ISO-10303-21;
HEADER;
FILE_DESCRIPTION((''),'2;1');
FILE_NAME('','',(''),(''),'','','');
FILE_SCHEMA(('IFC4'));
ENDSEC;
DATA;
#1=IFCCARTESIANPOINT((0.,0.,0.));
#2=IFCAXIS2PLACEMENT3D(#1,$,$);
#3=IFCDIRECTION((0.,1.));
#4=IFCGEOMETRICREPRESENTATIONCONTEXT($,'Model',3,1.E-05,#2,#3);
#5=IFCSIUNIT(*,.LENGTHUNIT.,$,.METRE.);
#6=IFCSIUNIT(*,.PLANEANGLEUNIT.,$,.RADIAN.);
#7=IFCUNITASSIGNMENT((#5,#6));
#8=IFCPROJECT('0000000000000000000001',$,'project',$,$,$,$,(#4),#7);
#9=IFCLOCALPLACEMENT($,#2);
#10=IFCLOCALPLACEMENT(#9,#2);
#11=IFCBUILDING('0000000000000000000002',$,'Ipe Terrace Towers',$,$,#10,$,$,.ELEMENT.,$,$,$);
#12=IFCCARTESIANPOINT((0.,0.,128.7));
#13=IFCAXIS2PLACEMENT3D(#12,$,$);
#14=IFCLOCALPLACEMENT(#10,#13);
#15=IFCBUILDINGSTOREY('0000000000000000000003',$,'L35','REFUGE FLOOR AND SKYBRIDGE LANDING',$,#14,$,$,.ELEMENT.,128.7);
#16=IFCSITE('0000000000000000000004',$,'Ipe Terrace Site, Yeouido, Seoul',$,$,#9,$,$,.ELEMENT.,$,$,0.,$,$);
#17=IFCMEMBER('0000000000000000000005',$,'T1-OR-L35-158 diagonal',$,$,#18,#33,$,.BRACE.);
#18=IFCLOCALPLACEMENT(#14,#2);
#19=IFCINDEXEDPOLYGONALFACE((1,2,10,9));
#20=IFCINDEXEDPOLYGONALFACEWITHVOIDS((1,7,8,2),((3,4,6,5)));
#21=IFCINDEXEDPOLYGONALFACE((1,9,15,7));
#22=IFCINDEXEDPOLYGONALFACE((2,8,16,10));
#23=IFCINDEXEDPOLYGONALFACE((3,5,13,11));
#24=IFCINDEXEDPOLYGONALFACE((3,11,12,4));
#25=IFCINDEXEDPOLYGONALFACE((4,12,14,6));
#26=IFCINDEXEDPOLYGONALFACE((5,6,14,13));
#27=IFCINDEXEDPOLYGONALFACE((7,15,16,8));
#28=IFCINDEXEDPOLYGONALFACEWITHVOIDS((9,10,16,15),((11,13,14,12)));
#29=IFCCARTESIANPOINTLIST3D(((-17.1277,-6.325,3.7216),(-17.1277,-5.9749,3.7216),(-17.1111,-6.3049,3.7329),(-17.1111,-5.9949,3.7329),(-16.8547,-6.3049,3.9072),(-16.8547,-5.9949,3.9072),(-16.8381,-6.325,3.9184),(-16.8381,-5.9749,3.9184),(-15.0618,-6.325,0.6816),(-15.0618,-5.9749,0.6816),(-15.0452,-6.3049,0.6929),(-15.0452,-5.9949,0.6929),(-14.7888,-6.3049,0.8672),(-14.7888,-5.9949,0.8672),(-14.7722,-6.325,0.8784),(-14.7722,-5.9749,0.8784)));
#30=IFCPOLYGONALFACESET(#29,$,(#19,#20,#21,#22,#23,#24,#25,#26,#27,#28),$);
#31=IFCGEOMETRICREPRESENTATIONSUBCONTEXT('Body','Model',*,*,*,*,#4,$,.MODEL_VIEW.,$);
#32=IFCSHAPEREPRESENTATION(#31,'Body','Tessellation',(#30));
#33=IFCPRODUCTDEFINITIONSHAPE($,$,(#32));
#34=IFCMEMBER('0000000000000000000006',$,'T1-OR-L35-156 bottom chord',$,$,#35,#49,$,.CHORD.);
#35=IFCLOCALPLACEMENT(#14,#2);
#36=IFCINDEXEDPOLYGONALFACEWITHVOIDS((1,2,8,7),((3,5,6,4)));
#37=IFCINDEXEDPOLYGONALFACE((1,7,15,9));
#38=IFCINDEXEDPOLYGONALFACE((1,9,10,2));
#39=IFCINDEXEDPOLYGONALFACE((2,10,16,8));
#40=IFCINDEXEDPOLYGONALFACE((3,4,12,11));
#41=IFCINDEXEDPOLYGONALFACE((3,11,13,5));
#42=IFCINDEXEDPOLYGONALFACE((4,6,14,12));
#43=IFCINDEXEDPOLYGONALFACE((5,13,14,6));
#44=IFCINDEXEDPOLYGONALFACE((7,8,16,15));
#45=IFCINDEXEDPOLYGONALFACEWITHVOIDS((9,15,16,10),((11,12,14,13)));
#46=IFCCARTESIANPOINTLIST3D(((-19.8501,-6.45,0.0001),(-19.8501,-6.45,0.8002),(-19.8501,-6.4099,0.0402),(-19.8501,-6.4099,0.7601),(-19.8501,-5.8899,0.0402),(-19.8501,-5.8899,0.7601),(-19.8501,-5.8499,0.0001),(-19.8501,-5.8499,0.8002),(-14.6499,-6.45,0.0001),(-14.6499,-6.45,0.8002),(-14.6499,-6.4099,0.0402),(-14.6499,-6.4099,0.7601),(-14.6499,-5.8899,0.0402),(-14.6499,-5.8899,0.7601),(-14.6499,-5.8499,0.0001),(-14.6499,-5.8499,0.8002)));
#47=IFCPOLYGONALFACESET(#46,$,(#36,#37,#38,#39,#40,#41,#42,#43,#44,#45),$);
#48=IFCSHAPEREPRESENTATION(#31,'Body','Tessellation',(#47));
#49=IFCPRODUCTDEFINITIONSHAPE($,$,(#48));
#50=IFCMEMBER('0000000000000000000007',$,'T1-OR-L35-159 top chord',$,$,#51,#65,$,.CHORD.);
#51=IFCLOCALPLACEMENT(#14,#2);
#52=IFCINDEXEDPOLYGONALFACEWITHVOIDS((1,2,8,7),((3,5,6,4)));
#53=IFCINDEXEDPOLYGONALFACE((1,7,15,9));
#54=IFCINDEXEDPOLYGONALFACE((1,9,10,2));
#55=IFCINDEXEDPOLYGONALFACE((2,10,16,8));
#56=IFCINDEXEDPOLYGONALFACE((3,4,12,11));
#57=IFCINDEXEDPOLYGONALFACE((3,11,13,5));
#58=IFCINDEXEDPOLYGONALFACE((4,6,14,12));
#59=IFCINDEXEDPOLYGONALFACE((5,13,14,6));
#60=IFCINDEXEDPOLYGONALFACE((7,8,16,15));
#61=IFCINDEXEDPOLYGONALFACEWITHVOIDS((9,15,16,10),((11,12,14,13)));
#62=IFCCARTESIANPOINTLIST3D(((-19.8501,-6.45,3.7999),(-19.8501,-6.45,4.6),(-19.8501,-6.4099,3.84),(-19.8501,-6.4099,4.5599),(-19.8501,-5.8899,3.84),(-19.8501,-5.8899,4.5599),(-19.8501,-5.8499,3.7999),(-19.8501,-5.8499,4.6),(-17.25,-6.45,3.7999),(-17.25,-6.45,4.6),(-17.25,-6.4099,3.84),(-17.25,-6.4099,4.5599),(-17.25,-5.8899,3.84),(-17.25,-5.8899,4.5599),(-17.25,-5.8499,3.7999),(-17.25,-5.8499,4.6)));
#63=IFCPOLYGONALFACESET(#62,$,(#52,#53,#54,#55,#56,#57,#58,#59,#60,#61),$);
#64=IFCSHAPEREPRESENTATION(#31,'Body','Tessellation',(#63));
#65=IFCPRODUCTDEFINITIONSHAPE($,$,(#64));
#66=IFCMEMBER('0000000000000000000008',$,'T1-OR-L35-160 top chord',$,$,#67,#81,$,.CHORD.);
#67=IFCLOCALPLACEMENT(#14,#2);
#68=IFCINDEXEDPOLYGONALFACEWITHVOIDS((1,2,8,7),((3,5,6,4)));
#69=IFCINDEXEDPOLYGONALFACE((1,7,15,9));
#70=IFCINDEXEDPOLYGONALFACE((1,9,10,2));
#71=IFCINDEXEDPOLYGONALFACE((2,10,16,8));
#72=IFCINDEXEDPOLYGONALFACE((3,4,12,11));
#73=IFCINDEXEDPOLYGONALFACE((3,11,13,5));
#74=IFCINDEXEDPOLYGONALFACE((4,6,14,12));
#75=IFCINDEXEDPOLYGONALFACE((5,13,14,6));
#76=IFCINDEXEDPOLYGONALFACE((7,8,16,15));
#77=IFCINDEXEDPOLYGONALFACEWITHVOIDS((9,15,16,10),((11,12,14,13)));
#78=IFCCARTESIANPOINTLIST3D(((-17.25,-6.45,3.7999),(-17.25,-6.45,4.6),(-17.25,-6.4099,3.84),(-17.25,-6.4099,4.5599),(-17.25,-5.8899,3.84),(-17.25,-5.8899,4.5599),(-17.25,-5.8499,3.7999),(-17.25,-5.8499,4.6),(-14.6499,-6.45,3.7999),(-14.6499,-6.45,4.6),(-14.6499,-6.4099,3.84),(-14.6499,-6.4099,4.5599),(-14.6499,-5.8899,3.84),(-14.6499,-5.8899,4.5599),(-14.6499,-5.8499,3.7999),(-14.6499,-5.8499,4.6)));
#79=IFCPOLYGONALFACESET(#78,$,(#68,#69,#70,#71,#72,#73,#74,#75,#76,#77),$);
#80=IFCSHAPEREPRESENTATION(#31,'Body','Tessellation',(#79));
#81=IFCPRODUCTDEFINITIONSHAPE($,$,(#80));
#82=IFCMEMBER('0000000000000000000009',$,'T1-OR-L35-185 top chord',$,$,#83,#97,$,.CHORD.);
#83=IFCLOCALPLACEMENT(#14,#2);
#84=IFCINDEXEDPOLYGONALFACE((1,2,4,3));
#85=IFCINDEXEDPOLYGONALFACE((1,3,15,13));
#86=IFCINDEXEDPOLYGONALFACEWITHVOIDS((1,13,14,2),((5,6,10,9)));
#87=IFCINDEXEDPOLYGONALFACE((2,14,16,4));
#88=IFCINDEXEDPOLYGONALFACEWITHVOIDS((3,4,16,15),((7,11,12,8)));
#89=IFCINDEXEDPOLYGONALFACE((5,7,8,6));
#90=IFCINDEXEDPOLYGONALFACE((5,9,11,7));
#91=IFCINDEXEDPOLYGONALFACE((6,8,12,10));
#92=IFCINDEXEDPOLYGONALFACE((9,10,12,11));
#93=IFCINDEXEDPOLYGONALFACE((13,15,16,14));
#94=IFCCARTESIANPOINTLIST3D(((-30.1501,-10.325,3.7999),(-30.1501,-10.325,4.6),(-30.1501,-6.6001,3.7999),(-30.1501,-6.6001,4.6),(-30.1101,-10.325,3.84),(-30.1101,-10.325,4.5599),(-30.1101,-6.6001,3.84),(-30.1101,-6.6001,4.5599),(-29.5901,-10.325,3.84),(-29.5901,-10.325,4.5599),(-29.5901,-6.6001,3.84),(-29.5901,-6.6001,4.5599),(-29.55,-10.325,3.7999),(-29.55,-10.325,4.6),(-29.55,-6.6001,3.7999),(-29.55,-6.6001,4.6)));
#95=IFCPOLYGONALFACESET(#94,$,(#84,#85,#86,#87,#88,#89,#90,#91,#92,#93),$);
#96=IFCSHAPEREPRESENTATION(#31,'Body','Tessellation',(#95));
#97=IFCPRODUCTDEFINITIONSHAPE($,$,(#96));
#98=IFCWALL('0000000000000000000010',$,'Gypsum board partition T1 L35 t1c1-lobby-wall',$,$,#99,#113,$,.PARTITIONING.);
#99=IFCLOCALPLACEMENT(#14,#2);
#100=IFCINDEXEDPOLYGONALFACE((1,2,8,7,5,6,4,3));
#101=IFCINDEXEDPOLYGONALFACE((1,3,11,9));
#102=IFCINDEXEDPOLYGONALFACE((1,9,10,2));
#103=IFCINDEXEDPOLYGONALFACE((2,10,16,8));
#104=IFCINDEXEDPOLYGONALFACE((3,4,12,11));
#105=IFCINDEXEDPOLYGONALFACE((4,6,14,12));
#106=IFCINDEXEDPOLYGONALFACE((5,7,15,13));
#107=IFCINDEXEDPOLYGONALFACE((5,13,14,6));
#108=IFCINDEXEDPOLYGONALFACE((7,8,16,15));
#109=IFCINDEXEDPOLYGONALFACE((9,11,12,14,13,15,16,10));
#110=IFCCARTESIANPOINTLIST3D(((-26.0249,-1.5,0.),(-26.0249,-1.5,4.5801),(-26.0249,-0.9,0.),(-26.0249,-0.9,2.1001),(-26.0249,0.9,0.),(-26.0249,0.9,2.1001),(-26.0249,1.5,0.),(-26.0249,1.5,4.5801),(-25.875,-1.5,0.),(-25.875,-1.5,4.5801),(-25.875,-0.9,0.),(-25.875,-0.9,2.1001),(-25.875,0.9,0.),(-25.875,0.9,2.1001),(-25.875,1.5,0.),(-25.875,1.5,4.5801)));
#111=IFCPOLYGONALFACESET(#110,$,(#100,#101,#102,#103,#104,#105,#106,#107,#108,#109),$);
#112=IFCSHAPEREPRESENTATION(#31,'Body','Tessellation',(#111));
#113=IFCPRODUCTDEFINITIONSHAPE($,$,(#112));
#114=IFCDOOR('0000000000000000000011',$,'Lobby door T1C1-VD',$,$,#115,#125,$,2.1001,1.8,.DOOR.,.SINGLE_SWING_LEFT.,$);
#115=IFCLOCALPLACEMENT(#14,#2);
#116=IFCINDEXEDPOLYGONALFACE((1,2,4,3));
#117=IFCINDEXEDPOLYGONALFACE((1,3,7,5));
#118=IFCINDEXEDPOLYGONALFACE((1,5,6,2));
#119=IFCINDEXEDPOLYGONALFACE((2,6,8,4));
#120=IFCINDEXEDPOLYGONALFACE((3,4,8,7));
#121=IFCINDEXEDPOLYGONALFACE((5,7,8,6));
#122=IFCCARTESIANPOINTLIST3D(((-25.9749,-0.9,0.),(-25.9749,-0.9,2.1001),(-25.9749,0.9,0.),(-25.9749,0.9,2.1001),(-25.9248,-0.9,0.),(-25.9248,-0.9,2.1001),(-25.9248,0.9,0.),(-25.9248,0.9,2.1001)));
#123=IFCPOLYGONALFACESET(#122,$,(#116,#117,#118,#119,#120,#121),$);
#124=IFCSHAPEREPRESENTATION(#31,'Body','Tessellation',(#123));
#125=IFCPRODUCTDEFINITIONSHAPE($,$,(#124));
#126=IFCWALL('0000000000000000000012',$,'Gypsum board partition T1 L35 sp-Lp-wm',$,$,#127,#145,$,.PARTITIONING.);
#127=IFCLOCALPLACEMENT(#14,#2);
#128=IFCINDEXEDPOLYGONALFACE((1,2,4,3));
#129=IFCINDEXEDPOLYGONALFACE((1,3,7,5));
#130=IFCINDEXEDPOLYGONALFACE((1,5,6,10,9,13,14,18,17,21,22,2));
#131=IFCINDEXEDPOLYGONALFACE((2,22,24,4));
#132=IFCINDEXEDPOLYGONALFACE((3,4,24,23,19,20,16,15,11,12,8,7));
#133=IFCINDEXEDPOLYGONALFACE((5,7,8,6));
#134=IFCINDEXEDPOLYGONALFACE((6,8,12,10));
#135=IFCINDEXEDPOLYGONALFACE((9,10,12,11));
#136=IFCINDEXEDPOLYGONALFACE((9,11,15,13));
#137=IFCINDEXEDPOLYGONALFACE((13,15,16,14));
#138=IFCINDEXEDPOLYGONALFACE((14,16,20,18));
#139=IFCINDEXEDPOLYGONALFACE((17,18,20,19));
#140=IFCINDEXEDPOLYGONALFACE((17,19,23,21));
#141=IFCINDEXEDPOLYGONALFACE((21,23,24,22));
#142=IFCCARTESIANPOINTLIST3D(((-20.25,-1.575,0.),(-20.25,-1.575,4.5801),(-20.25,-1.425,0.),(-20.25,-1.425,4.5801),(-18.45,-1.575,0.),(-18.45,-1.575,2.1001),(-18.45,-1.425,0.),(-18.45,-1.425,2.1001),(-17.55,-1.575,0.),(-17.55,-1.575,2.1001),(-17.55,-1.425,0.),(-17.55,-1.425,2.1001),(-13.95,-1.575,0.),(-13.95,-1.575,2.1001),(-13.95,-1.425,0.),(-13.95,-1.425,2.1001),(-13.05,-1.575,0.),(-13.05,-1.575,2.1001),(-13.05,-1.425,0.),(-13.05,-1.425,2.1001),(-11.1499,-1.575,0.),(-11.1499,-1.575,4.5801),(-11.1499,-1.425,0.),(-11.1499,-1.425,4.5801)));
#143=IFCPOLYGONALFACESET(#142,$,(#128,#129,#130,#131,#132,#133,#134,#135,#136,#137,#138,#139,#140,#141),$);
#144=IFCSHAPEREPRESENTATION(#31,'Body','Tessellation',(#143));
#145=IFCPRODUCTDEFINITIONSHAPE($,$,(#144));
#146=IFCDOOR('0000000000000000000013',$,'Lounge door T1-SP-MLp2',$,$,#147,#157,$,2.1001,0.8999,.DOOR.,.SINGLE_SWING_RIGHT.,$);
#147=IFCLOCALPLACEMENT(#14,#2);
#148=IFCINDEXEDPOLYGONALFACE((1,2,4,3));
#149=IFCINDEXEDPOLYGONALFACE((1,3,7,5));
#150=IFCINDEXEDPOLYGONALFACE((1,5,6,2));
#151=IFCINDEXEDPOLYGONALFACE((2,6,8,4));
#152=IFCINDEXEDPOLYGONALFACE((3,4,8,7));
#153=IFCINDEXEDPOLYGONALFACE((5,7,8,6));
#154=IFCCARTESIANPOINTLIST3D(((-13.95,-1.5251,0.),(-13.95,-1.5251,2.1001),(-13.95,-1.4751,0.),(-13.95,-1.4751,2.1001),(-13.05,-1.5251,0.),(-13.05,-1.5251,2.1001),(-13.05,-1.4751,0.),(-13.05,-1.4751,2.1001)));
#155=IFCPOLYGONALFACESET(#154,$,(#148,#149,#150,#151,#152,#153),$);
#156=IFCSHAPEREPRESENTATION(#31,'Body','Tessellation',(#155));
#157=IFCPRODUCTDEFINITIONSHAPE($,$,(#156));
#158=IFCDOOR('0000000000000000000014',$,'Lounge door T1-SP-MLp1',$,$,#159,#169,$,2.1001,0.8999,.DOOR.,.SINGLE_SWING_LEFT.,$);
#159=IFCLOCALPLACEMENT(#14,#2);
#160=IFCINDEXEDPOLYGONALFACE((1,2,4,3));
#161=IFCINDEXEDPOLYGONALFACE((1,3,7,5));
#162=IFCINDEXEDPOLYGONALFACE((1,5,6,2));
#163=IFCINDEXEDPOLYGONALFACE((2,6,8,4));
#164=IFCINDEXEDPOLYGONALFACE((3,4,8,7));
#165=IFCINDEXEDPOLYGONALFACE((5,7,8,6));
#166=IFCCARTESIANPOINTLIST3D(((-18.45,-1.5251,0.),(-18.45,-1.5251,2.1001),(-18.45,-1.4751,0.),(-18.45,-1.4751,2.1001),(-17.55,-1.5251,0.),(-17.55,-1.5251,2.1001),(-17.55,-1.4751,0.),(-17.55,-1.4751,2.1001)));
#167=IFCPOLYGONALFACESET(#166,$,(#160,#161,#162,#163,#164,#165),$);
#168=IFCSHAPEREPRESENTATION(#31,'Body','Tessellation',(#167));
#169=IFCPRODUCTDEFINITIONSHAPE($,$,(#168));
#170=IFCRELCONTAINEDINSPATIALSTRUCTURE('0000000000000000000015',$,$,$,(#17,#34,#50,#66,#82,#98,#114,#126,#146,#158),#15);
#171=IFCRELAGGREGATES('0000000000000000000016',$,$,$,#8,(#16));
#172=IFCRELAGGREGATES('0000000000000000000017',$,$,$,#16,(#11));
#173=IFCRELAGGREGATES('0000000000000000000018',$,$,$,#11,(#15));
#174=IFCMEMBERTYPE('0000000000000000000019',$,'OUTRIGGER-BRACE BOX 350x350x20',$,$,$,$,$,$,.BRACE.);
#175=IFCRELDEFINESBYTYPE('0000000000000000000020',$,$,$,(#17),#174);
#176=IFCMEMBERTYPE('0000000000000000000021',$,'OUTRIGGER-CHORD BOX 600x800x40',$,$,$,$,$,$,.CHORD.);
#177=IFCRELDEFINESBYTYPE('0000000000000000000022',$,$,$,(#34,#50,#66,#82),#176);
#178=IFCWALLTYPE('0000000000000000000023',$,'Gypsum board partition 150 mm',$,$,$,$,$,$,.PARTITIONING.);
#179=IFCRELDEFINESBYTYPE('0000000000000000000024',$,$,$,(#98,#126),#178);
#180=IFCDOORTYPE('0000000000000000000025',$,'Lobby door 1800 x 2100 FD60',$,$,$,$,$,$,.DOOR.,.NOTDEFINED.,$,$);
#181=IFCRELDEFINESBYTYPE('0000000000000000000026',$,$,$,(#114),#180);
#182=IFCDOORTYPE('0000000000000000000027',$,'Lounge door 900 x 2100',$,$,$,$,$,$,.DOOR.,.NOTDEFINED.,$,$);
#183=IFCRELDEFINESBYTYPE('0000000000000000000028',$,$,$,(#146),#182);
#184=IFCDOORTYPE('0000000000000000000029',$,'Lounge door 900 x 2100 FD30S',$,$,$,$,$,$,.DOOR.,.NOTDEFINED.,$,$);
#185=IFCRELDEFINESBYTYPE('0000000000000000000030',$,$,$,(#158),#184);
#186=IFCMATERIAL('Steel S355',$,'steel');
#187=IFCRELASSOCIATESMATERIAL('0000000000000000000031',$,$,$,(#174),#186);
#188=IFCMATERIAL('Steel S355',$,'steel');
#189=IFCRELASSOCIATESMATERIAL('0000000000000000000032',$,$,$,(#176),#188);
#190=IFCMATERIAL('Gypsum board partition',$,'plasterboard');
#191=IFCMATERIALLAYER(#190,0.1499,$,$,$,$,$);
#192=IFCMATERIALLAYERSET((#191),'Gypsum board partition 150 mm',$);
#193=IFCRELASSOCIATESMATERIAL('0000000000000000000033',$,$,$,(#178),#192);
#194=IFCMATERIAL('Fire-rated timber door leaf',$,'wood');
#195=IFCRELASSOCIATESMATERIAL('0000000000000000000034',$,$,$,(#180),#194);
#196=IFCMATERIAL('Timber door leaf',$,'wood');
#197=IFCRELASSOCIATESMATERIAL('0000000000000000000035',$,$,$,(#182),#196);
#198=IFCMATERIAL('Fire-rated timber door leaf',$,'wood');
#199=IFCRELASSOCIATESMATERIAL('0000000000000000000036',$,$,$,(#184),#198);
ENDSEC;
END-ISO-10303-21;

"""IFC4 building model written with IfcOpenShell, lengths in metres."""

from ifc_helpers import new_model, si_unit, direction, frame, frame_2d, origin, origin_2d, place, context, subcontext, project, spatial, rectangle, hollow_rectangle, extrude, material, layer, layer_set, material_profile, profile_set, type_object, element, fill, save


model = new_model("IFC4")

# Units and contexts
model_context = context("Model", 3, precision=1e-05, world=origin(), true_north=direction((0.0, 1.0)))
body_context = subcontext(model_context, "Body", "Model", "MODEL_VIEW")
ifc_project = project(units=[si_unit("LENGTHUNIT", "METRE"), si_unit("PLANEANGLEUNIT", "RADIAN")], contexts=[model_context])

# Site, building, storey
site_placement = place(None, origin())
site = spatial("IfcSite", under=ifc_project, at=site_placement, Name="Ipe Terrace Site, Yeouido, Seoul", CompositionType="ELEMENT", RefElevation=0.0)
building_placement = place(site_placement, origin())
building = spatial("IfcBuilding", under=site, at=building_placement, Name="Ipe Terrace Towers", CompositionType="ELEMENT")
storey_placement = place(building_placement, frame((0.0, 0.0, 128.7)))
storey = spatial("IfcBuildingStorey", under=building, at=storey_placement, Name="L35", Description="REFUGE FLOOR AND SKYBRIDGE LANDING", CompositionType="ELEMENT", Elevation=128.7)

# Members
ifc_material_1 = material(Name="Steel S355", Category="steel")
ifc_material_profile_1 = material_profile(ifc_material_1, hollow_rectangle(XDim=0.3501, YDim=0.3501, WallThickness=0.02, at=origin_2d()), Name="OUTRIGGER-BRACE BOX 350x350x20")
ifc_profile_set_1 = profile_set([ifc_material_profile_1], Name="Steel S355")
member_type_1 = type_object("IfcMemberType", Name="OUTRIGGER-BRACE BOX 350x350x20", PredefinedType="BRACE", material=ifc_profile_set_1)
for number, where, z_axis, x_axis, name in (
    (1, (-14.917, -6.1499, 0.78), (-0.562067, 0.0, 0.827092), (0.0, -1.0, 0.0), "T1-OR-L35-158 diagonal"),
):
    element("IfcMember", number, at=place(storey_placement, frame(where, z_axis=z_axis, x_axis=x_axis)), inside=storey, type_object=member_type_1, Name=name, PredefinedType="BRACE", context=body_context, shape_type="SweptSolid", body=[
        extrude(hollow_rectangle(XDim=0.3501, YDim=0.3501, WallThickness=0.02, at=origin_2d()), origin(), (0.0, 0.0, 1.0), 3.6755),
    ])
ifc_material_2 = material(Name="Steel S355", Category="steel")
ifc_material_profile_2 = material_profile(ifc_material_2, hollow_rectangle(XDim=0.6001, YDim=0.8, WallThickness=0.04, at=origin_2d()), Name="OUTRIGGER-CHORD BOX 600x800x40")
ifc_profile_set_2 = profile_set([ifc_material_profile_2], Name="Steel S355")
member_type_2 = type_object("IfcMemberType", Name="OUTRIGGER-CHORD BOX 600x800x40", PredefinedType="CHORD", material=ifc_profile_set_2)
member_1_placement = place(storey_placement, frame((-19.8501, -6.1499, 0.4001), z_axis=(1.0, 0.0, 0.0), x_axis=(0.0, 1.0, 0.0)))
element("IfcMember", 2, at=member_1_placement, inside=storey, type_object=member_type_2, Name="T1-OR-L35-156 bottom chord", PredefinedType="CHORD", context=body_context, shape_type="SweptSolid", body=[
    extrude(hollow_rectangle(XDim=0.6001, YDim=0.8, WallThickness=0.04, at=origin_2d()), origin(), (0.0, 0.0, 1.0), 5.2002),
])
for number, where, z_axis, x_axis, name in (
    (3, (-19.8501, -6.1499, 4.2), (1.0, 0.0, 0.0), (0.0, 1.0, 0.0), "T1-OR-L35-159 top chord"),
    (4, (-17.25, -6.1499, 4.2), (1.0, 0.0, 0.0), (0.0, 1.0, 0.0), "T1-OR-L35-160 top chord"),
):
    element("IfcMember", number, at=place(storey_placement, frame(where, z_axis=z_axis, x_axis=x_axis)), inside=storey, type_object=member_type_2, Name=name, PredefinedType="CHORD", context=body_context, shape_type="SweptSolid", body=[
        extrude(hollow_rectangle(XDim=0.6001, YDim=0.8, WallThickness=0.04, at=origin_2d()), origin(), (0.0, 0.0, 1.0), 2.6001),
    ])
member_2_placement = place(storey_placement, frame((-29.8501, -6.6001, 4.2), z_axis=(0.0, -1.0, 0.0), x_axis=(1.0, 0.0, 0.0)))
element("IfcMember", 5, at=member_2_placement, inside=storey, type_object=member_type_2, Name="T1-OR-L35-185 top chord", PredefinedType="CHORD", context=body_context, shape_type="SweptSolid", body=[
    extrude(hollow_rectangle(XDim=0.6001, YDim=0.8, WallThickness=0.04, at=origin_2d()), origin(), (0.0, 0.0, 1.0), 3.7249),
])

# Wall, opening, door
ifc_material_3 = material(Name="Gypsum board partition", Category="plasterboard")
ifc_layer_1 = layer(ifc_material_3, 0.1499)
ifc_layer_set_1 = layer_set([ifc_layer_1], Name="Gypsum board partition 150 mm")
wall_type_1 = type_object("IfcWallType", Name="Gypsum board partition 150 mm", PredefinedType="PARTITIONING", material=ifc_layer_set_1)
wall_1_placement = place(storey_placement, frame((-25.95, -1.5, 0.0), z_axis=(0.0, 0.0, 1.0), x_axis=(0.0, 1.0, 0.0)))
wall_1 = element("IfcWall", 6, at=wall_1_placement, inside=storey, type_object=wall_type_1, Name="Gypsum board partition T1 L35 t1c1-lobby-wall", PredefinedType="PARTITIONING", context=body_context, shape_type="SweptSolid", body=[
    extrude(rectangle(XDim=3.0, YDim=0.1499, at=frame_2d((1.5, 0.0))), origin(), (0.0, 0.0, 1.0), 4.5801),
])
opening_1_placement = place(wall_1_placement, frame((0.6001, 0.0, 0.0)))
opening_1 = element("IfcOpeningElement", 7, at=opening_1_placement, cuts=wall_1, PredefinedType="OPENING", context=body_context, shape_type="SweptSolid", body=[
    extrude(rectangle(XDim=1.8, YDim=2.1001, at=frame_2d((0.8999, 1.05))), frame((0.0, 0.085, 0.0), z_axis=(0.0, -1.0, 0.0), x_axis=(1.0, 0.0, 0.0)), (0.0, 0.0, 1.0), 0.1699),
])
ifc_material_4 = material(Name="Fire-rated timber door leaf", Category="wood")
door_type_1 = type_object("IfcDoorType", Name="Lobby door 1800 x 2100 FD60", OperationType="NOTDEFINED", PredefinedType="DOOR", material=ifc_material_4)
door_1_placement = place(opening_1_placement, origin())
door_1 = element("IfcDoor", 8, at=door_1_placement, inside=storey, type_object=door_type_1, Name="Lobby door T1C1-VD", OperationType="SINGLE_SWING_LEFT", OverallHeight=2.1001, OverallWidth=1.8, PredefinedType="DOOR", context=body_context, shape_type="SweptSolid", body=[
    extrude(rectangle(XDim=1.8, YDim=2.1001, at=frame_2d((0.8999, 1.05))), frame((0.0, 0.0249, 0.0), z_axis=(0.0, -1.0, 0.0), x_axis=(1.0, 0.0, 0.0)), (0.0, 0.0, 1.0), 0.05),
])
fill(opening_1, door_1)

# Wall, openings, doors
wall_2_placement = place(storey_placement, frame((-20.25, -1.5, 0.0), z_axis=(0.0, 0.0, 1.0), x_axis=(1.0, 0.0, 0.0)))
wall_2 = element("IfcWall", 9, at=wall_2_placement, inside=storey, type_object=wall_type_1, Name="Gypsum board partition T1 L35 sp-Lp-wm", PredefinedType="PARTITIONING", context=body_context, shape_type="SweptSolid", body=[
    extrude(rectangle(XDim=9.1001, YDim=0.1499, at=frame_2d((4.55, 0.0))), origin(), (0.0, 0.0, 1.0), 4.5801),
])
opening_2_placement = place(wall_2_placement, frame((1.8, 0.0, 0.0)))
opening_2 = element("IfcOpeningElement", 10, at=opening_2_placement, cuts=wall_2, PredefinedType="OPENING", context=body_context, shape_type="SweptSolid", body=[
    extrude(rectangle(XDim=0.8999, YDim=2.1001, at=frame_2d((0.45, 1.05))), frame((0.0, 0.085, 0.0), z_axis=(0.0, -1.0, 0.0), x_axis=(1.0, 0.0, 0.0)), (0.0, 0.0, 1.0), 0.1699),
])
opening_3_placement = place(wall_2_placement, frame((6.3, 0.0, 0.0)))
opening_3 = element("IfcOpeningElement", 11, at=opening_3_placement, cuts=wall_2, PredefinedType="OPENING", context=body_context, shape_type="SweptSolid", body=[
    extrude(rectangle(XDim=0.8999, YDim=2.1001, at=frame_2d((0.45, 1.05))), frame((0.0, 0.085, 0.0), z_axis=(0.0, -1.0, 0.0), x_axis=(1.0, 0.0, 0.0)), (0.0, 0.0, 1.0), 0.1699),
])
ifc_material_5 = material(Name="Timber door leaf", Category="wood")
door_type_2 = type_object("IfcDoorType", Name="Lounge door 900 x 2100", OperationType="NOTDEFINED", PredefinedType="DOOR", material=ifc_material_5)
door_2_placement = place(opening_3_placement, origin())
door_2 = element("IfcDoor", 12, at=door_2_placement, inside=storey, type_object=door_type_2, Name="Lounge door T1-SP-MLp2", OperationType="SINGLE_SWING_RIGHT", OverallHeight=2.1001, OverallWidth=0.8999, PredefinedType="DOOR", context=body_context, shape_type="SweptSolid", body=[
    extrude(rectangle(XDim=0.8999, YDim=2.1001, at=frame_2d((0.45, 1.05))), frame((0.0, 0.0249, 0.0), z_axis=(0.0, -1.0, 0.0), x_axis=(1.0, 0.0, 0.0)), (0.0, 0.0, 1.0), 0.05),
])
fill(opening_3, door_2)
ifc_material_6 = material(Name="Fire-rated timber door leaf", Category="wood")
door_type_3 = type_object("IfcDoorType", Name="Lounge door 900 x 2100 FD30S", OperationType="NOTDEFINED", PredefinedType="DOOR", material=ifc_material_6)
door_3_placement = place(opening_2_placement, origin())
door_3 = element("IfcDoor", 13, at=door_3_placement, inside=storey, type_object=door_type_3, Name="Lounge door T1-SP-MLp1", OperationType="SINGLE_SWING_LEFT", OverallHeight=2.1001, OverallWidth=0.8999, PredefinedType="DOOR", context=body_context, shape_type="SweptSolid", body=[
    extrude(rectangle(XDim=0.8999, YDim=2.1001, at=frame_2d((0.45, 1.05))), frame((0.0, 0.0249, 0.0), z_axis=(0.0, -1.0, 0.0), x_axis=(1.0, 0.0, 0.0)), (0.0, 0.0, 1.0), 0.05),
])
fill(opening_2, door_3)

save(model, "model.ifc")
